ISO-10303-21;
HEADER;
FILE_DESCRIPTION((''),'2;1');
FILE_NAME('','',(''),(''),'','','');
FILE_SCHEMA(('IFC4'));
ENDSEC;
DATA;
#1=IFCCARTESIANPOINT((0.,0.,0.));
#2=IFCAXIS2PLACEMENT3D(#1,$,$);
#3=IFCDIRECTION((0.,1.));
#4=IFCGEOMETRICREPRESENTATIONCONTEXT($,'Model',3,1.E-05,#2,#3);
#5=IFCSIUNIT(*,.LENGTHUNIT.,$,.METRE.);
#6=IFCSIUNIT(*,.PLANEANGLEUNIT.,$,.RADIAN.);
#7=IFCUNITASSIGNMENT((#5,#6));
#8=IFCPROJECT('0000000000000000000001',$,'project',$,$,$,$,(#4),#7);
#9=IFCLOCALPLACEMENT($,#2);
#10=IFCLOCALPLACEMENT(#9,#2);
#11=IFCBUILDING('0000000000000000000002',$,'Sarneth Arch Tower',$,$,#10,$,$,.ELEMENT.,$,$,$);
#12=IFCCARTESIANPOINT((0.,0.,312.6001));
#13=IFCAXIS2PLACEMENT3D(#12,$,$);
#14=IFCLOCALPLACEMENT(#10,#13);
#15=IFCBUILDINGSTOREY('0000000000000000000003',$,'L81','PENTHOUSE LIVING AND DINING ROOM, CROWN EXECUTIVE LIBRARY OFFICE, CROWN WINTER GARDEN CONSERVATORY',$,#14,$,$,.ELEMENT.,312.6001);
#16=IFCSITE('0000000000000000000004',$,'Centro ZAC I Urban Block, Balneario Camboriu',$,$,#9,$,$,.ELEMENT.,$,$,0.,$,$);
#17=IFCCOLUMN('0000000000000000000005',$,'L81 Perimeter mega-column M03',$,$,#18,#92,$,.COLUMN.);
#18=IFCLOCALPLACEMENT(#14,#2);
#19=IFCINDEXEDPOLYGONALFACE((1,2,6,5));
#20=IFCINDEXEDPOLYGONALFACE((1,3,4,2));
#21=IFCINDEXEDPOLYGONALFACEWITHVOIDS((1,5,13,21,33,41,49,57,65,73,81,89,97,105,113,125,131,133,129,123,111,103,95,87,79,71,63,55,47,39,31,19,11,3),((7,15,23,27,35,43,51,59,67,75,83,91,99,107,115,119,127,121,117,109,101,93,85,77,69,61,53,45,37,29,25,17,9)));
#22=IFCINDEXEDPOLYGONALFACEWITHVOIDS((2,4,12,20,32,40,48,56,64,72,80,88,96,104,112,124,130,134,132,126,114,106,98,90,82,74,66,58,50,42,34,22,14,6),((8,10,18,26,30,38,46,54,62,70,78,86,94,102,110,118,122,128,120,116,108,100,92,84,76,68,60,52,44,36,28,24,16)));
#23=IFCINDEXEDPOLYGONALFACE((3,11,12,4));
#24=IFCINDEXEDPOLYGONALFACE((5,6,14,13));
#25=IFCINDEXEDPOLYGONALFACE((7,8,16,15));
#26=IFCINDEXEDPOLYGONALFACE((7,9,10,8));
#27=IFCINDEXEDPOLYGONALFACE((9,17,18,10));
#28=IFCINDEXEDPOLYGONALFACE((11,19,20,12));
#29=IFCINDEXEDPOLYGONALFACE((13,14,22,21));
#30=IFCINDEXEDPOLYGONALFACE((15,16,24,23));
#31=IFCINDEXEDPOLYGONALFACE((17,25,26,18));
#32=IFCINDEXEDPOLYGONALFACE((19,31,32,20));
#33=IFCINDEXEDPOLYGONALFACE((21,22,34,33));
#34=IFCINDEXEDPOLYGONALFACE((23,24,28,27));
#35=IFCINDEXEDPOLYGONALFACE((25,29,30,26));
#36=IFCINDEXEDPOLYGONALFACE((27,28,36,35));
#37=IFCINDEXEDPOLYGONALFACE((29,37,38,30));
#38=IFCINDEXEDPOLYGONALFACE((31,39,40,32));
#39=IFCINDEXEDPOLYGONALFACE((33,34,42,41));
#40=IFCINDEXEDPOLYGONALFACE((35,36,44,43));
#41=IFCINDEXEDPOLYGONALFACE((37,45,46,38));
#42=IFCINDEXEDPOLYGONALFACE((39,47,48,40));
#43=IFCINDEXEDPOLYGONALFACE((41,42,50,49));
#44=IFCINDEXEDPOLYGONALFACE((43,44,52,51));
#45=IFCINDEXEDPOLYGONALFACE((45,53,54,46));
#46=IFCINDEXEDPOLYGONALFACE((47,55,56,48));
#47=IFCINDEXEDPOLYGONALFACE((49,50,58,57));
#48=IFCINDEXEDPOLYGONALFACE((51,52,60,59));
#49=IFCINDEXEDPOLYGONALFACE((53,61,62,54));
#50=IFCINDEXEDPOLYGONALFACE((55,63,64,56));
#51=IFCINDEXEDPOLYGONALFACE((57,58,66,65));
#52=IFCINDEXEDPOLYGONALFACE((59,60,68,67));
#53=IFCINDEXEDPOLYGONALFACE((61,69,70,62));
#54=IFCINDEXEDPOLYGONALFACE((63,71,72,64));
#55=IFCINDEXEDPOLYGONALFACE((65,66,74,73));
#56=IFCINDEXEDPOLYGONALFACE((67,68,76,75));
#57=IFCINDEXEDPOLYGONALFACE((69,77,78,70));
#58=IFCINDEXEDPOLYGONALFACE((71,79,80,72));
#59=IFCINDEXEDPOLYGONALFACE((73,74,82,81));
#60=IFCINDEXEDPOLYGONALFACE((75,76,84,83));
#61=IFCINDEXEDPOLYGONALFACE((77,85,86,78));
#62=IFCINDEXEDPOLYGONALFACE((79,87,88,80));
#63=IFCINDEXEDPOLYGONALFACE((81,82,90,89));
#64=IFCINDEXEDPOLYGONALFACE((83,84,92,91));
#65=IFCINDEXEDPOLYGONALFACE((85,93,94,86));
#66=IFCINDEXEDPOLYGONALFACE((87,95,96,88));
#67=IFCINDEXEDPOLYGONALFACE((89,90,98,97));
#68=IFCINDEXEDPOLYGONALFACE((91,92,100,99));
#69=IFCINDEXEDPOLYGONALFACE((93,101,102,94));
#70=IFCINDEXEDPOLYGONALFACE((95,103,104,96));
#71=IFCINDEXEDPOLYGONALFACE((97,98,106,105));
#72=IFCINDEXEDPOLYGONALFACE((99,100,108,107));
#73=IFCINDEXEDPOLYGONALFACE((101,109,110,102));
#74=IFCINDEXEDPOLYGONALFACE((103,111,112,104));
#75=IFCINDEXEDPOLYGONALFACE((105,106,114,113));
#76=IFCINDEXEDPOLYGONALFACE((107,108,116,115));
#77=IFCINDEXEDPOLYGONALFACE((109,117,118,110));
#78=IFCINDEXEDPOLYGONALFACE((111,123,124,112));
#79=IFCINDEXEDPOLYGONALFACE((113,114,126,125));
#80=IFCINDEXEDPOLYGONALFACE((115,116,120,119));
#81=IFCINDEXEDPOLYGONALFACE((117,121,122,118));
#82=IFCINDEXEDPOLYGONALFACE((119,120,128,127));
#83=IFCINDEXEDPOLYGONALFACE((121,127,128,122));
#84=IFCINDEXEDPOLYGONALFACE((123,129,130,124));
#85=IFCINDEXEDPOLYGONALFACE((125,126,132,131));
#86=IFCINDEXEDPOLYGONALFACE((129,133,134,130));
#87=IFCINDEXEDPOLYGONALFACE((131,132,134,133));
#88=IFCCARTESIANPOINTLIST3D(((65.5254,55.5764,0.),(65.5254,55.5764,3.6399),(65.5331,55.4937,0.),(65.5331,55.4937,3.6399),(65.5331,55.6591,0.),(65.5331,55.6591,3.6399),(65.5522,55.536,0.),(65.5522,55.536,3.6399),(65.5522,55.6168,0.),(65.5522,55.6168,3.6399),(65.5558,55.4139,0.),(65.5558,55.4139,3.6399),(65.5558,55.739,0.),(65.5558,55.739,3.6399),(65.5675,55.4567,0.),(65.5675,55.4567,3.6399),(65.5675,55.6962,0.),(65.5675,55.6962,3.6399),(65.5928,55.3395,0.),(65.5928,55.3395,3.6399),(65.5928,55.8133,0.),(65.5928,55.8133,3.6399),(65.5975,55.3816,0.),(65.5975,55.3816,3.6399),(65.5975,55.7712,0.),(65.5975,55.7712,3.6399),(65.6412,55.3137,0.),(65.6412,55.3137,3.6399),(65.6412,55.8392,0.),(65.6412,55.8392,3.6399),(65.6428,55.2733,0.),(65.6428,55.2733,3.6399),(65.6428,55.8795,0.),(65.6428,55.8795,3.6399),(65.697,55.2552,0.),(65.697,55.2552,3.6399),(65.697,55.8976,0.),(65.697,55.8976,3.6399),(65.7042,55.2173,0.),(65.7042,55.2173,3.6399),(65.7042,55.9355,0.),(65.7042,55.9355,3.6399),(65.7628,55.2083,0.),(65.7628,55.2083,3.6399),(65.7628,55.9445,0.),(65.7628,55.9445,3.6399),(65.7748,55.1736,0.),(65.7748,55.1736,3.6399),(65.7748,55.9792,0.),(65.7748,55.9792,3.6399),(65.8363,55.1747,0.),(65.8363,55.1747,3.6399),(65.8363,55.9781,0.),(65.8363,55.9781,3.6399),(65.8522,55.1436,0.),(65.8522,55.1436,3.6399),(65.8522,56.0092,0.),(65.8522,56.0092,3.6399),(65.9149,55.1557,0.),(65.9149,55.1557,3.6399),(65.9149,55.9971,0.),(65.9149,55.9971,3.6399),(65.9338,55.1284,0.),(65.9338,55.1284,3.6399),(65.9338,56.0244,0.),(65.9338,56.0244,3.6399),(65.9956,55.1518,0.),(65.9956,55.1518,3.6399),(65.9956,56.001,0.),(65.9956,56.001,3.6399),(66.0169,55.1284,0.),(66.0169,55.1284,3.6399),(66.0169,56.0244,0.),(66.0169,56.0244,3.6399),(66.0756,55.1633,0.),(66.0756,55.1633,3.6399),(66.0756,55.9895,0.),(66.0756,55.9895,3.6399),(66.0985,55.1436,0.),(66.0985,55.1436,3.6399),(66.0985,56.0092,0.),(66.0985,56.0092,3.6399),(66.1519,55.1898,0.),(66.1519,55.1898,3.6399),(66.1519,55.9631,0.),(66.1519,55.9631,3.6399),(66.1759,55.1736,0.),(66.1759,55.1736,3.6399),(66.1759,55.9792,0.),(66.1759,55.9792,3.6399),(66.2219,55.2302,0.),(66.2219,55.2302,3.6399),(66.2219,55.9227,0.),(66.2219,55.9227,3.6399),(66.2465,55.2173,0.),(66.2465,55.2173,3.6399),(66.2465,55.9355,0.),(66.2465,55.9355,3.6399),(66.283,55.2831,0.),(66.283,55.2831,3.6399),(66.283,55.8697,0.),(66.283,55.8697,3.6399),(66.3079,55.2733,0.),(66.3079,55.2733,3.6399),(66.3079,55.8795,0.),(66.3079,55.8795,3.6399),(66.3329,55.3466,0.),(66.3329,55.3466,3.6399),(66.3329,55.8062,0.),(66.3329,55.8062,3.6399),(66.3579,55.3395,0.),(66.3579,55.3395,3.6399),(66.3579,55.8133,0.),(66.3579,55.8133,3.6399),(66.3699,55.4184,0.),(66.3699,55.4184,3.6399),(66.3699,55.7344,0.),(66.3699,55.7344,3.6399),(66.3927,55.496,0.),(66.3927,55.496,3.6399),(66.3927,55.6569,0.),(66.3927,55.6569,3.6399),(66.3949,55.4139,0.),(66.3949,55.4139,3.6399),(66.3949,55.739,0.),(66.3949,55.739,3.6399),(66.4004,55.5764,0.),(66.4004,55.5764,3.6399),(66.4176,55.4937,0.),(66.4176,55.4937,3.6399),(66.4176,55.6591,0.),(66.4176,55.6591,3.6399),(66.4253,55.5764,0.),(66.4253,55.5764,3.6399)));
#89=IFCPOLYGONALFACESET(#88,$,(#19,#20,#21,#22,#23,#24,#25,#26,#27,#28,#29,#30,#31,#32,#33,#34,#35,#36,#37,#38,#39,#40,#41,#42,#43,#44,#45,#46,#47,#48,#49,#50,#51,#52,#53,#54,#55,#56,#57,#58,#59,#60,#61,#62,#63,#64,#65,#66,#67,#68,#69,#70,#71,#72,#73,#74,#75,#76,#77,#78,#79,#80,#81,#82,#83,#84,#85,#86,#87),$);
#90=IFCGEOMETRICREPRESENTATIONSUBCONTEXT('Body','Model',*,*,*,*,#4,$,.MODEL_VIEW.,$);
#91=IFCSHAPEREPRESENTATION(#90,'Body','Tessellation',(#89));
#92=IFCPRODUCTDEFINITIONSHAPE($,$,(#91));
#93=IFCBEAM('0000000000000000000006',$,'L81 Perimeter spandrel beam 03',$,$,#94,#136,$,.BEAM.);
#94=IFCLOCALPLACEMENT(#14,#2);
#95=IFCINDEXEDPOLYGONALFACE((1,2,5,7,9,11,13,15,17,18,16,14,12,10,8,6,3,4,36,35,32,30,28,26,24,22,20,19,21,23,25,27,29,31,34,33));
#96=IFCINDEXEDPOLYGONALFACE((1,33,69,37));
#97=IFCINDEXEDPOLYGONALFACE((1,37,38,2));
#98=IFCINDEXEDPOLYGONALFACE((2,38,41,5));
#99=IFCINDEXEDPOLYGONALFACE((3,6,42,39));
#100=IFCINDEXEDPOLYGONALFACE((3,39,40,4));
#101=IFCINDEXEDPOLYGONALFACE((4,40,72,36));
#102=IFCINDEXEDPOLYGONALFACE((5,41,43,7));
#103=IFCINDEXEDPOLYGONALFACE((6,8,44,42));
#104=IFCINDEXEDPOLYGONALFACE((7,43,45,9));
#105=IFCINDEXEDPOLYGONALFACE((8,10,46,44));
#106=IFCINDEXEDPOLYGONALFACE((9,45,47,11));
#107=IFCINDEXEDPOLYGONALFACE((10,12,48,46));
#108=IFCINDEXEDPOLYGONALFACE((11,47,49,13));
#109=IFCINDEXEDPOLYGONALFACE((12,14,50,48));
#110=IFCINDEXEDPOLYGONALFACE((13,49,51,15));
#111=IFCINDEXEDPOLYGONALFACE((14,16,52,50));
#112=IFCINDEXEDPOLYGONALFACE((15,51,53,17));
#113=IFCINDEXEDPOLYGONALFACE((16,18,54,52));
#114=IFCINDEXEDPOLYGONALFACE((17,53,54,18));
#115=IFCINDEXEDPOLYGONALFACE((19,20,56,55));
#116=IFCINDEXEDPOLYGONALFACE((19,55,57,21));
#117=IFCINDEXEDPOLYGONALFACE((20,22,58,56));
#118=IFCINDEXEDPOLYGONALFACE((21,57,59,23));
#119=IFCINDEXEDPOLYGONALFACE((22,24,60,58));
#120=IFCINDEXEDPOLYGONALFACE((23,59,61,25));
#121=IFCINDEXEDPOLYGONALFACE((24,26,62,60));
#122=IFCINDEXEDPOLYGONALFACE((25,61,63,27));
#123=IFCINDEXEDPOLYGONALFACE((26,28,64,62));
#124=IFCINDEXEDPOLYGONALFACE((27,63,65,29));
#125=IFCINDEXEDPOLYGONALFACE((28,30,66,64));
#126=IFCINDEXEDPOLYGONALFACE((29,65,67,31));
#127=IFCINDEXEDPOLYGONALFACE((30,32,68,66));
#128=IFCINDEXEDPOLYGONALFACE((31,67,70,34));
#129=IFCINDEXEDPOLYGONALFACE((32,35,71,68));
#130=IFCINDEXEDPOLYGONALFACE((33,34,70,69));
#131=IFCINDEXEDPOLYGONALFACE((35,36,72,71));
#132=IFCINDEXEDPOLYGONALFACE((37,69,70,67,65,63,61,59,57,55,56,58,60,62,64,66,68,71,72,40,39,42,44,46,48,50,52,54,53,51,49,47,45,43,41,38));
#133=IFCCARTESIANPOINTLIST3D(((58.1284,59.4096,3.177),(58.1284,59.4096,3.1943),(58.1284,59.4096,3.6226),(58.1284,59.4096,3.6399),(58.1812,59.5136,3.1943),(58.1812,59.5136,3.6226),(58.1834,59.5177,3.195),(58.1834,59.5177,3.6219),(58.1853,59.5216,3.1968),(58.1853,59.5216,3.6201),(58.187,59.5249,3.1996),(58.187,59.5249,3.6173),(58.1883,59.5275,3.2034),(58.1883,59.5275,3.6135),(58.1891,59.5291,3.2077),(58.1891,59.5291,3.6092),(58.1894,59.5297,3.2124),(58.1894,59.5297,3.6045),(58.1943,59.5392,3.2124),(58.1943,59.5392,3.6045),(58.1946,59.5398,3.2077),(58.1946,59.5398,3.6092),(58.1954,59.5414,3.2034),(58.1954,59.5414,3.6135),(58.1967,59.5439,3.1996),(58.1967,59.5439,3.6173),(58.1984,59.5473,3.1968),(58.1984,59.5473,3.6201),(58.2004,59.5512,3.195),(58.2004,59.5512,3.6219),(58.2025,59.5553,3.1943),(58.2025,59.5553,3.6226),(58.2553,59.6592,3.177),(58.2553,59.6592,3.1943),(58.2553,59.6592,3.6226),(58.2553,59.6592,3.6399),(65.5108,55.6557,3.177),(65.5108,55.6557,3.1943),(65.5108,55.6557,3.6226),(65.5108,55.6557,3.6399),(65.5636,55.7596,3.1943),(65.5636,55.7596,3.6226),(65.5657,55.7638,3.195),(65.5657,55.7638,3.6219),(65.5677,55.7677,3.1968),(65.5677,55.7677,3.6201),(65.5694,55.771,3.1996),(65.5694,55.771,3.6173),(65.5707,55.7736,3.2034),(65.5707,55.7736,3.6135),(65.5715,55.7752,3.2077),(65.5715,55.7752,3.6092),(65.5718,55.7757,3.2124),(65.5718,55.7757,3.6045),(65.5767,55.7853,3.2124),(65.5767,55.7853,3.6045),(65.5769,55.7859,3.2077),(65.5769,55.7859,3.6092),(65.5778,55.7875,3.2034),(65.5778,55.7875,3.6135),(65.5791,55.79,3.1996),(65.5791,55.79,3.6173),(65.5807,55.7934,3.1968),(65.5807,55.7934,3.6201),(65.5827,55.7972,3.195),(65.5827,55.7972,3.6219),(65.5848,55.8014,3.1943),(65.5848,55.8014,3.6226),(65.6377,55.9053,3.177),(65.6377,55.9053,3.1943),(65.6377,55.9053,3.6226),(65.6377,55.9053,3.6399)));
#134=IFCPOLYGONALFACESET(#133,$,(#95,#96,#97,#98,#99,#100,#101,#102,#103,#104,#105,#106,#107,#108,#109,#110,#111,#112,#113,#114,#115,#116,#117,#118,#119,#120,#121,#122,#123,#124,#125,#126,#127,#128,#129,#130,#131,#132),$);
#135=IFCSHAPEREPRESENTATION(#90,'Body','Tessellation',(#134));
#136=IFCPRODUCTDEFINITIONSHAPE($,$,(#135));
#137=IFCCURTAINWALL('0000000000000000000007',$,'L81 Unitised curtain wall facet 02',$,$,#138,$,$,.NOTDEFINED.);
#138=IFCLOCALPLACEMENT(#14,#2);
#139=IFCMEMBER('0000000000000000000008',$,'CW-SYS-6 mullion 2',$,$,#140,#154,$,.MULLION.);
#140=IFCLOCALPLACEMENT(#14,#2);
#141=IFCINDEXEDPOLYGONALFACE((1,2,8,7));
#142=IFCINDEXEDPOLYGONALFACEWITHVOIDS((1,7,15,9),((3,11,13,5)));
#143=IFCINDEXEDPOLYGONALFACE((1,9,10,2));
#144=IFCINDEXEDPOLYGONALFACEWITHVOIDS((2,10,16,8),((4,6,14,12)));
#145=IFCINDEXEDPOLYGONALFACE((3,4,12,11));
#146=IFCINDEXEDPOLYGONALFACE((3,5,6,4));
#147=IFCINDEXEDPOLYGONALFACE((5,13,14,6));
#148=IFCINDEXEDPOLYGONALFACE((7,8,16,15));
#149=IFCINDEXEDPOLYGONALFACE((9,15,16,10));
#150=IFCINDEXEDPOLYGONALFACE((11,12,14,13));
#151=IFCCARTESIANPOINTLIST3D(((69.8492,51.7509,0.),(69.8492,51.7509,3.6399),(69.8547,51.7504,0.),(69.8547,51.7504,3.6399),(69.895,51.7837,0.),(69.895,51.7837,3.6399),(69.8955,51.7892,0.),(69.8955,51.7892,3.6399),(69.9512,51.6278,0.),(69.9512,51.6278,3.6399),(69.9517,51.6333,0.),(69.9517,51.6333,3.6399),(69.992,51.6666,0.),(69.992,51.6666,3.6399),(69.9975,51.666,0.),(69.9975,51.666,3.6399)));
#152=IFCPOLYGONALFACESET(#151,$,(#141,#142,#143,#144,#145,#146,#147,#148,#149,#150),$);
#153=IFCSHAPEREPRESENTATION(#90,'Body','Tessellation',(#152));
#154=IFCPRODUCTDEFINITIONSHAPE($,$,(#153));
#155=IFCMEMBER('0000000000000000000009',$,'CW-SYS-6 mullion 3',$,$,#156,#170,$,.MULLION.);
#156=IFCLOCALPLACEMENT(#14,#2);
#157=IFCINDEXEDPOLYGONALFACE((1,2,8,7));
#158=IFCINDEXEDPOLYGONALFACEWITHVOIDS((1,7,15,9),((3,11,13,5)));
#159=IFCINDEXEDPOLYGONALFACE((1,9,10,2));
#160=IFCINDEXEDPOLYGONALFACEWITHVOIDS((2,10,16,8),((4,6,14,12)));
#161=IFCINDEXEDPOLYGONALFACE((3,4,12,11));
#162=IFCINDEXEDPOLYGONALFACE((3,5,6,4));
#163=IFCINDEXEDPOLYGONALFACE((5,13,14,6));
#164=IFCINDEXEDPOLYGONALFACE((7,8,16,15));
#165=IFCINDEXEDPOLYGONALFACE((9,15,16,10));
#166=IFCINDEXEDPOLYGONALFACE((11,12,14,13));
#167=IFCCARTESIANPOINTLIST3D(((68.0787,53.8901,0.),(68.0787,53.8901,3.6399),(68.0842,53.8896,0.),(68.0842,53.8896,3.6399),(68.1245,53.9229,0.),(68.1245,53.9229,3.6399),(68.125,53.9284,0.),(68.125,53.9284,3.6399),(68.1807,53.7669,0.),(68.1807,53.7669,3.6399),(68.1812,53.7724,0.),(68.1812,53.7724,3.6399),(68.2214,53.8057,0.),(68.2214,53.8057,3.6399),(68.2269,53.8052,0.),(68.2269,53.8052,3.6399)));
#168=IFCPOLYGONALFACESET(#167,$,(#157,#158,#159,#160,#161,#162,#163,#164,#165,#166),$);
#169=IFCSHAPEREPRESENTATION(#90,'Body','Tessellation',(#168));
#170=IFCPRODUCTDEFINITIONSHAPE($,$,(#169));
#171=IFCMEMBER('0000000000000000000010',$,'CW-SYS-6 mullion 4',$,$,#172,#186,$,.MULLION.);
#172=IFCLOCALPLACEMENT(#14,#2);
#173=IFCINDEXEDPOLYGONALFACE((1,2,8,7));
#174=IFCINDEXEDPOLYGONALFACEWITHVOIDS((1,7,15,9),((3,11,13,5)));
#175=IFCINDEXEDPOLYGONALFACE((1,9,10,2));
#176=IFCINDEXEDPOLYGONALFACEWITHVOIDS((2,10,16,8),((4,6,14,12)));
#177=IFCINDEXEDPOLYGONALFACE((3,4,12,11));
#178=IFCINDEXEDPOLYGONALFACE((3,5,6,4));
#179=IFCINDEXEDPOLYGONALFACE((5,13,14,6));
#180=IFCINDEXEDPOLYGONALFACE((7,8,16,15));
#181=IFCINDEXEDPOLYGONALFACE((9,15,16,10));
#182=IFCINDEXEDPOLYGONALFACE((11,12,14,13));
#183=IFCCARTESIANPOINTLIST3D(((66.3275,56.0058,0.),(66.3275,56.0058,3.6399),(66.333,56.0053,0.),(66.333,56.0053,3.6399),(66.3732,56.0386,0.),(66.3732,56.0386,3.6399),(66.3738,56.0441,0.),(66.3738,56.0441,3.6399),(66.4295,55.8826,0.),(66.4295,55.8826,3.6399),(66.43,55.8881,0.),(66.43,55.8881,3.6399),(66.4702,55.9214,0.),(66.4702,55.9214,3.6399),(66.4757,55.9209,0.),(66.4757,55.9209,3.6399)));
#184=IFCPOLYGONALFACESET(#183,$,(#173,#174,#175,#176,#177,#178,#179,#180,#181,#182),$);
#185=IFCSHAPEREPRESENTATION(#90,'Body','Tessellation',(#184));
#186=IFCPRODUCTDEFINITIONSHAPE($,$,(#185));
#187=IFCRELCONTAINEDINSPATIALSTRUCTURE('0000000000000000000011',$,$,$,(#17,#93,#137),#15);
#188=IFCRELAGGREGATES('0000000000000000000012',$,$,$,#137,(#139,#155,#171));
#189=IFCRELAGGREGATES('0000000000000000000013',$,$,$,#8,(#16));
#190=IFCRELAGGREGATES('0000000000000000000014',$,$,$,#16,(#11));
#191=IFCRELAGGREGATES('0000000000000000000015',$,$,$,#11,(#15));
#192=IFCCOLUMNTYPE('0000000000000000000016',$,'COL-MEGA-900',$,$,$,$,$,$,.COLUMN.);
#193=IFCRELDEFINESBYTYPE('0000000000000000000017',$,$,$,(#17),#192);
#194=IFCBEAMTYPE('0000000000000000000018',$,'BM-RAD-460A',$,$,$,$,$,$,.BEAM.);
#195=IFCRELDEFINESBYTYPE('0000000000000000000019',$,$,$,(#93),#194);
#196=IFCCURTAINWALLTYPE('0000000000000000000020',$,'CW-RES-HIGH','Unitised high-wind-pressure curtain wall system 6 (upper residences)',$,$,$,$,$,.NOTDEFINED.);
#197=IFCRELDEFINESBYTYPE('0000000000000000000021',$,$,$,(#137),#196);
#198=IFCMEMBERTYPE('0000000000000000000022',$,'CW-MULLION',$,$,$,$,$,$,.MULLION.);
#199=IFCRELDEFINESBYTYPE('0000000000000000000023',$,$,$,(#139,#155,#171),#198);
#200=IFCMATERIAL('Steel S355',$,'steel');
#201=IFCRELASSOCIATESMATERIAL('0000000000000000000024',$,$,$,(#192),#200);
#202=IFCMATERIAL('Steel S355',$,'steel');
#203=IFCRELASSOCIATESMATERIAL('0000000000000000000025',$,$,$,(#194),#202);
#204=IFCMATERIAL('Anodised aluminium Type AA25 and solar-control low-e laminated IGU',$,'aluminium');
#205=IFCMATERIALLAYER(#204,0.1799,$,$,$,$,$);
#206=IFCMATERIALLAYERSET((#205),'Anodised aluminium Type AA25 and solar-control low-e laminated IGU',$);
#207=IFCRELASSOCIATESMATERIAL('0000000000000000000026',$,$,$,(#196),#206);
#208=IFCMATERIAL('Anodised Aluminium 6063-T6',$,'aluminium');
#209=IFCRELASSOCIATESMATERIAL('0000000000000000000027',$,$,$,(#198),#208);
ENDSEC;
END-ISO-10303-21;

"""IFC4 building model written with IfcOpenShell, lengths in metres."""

from ifc_helpers import new_model, si_unit, direction, frame, origin, origin_2d, place, context, subcontext, project, spatial, hollow_rectangle, hollow_circle, i_section, extrude, material, layer, layer_set, material_profile, profile_set, type_object, element, aggregate, save


model = new_model("IFC4")

# Units and contexts
model_context = context("Model", 3, precision=1e-05, world=origin(), true_north=direction((0.0, 1.0)))
body_context = subcontext(model_context, "Body", "Model", "MODEL_VIEW")
ifc_project = project(units=[si_unit("LENGTHUNIT", "METRE"), si_unit("PLANEANGLEUNIT", "RADIAN")], contexts=[model_context])

# Site, building, storey
site_placement = place(None, origin())
site = spatial("IfcSite", under=ifc_project, at=site_placement, Name="Centro ZAC I Urban Block, Balneario Camboriu", CompositionType="ELEMENT", RefElevation=0.0)
building_placement = place(site_placement, origin())
building = spatial("IfcBuilding", under=site, at=building_placement, Name="Sarneth Arch Tower", CompositionType="ELEMENT")
storey_placement = place(building_placement, frame((0.0, 0.0, 312.6001)))
storey = spatial("IfcBuildingStorey", under=building, at=storey_placement, Name="L81", Description="PENTHOUSE LIVING AND DINING ROOM, CROWN EXECUTIVE LIBRARY OFFICE, CROWN WINTER GARDEN CONSERVATORY", CompositionType="ELEMENT", Elevation=312.6001)

# Column
ifc_material_1 = material(Name="Steel S355", Category="steel")
ifc_material_profile_1 = material_profile(ifc_material_1, hollow_circle(Radius=0.45, WallThickness=0.0249, at=origin_2d()), Name="CHS900x25")
ifc_profile_set_1 = profile_set([ifc_material_profile_1], Name="Steel S355")
column_type = type_object("IfcColumnType", Name="COL-MEGA-900", PredefinedType="COLUMN", material=ifc_profile_set_1)
column_placement = place(storey_placement, frame((65.9753, 55.5764, 0.0), z_axis=(0.0, 0.0, 1.0), x_axis=(1.0, 0.0, 0.0)))
element("IfcColumn", 1, at=column_placement, inside=storey, type_object=column_type, Name="L81 Perimeter mega-column M03", PredefinedType="COLUMN", context=body_context, shape_type="SweptSolid", body=[
    extrude(hollow_circle(Radius=0.45, WallThickness=0.0249, at=origin_2d()), origin(), (0.0, 0.0, 1.0), 3.6399),
])

# Beam
ifc_material_2 = material(Name="Steel S355", Category="steel")
ifc_material_profile_2 = material_profile(ifc_material_2, i_section(OverallWidth=0.28, OverallDepth=0.4629, WebThickness=0.0107, FlangeThickness=0.0173, FilletRadius=0.0181, at=origin_2d()), Name="W460x113")
ifc_profile_set_2 = profile_set([ifc_material_profile_2], Name="Steel S355")
beam_type = type_object("IfcBeamType", Name="BM-RAD-460A", PredefinedType="BEAM", material=ifc_profile_set_2)
beam_placement = place(storey_placement, frame((65.5742, 55.7805, 3.4084), z_axis=(-0.891376, 0.453264, 0.0), x_axis=(-0.453264, -0.891376, 0.0)))
element("IfcBeam", 2, at=beam_placement, inside=storey, type_object=beam_type, Name="L81 Perimeter spandrel beam 03", PredefinedType="BEAM", context=body_context, shape_type="SweptSolid", body=[
    extrude(i_section(OverallWidth=0.28, OverallDepth=0.4629, WebThickness=0.0107, FlangeThickness=0.0173, FilletRadius=0.0181, at=origin_2d()), origin(), (0.0, 0.0, 1.0), 8.282),
])

# Curtain wall, members
ifc_material_3 = material(Name="Anodised aluminium Type AA25 and solar-control low-e laminated IGU", Category="aluminium")
ifc_layer_1 = layer(ifc_material_3, 0.1799)
ifc_layer_set_1 = layer_set([ifc_layer_1], Name="Anodised aluminium Type AA25 and solar-control low-e laminated IGU")
curtain_wall_type = type_object("IfcCurtainWallType", Name="CW-RES-HIGH", Description="Unitised high-wind-pressure curtain wall system 6 (upper residences)", PredefinedType="NOTDEFINED", material=ifc_layer_set_1)
curtain_wall_placement = place(storey_placement, origin())
curtain_wall = element("IfcCurtainWall", 3, at=curtain_wall_placement, inside=storey, type_object=curtain_wall_type, Name="L81 Unitised curtain wall facet 02", PredefinedType="NOTDEFINED")
ifc_material_4 = material(Name="Anodised Aluminium 6063-T6", Category="aluminium")
ifc_material_profile_3 = material_profile(ifc_material_4, hollow_rectangle(XDim=0.0601, YDim=0.1599, WallThickness=0.0039, at=origin_2d()), Name="AL-MULL-160x60x4")
ifc_profile_set_3 = profile_set([ifc_material_profile_3], Name="Anodised Aluminium 6063-T6")
member_type_1 = type_object("IfcMemberType", Name="CW-MULLION", PredefinedType="MULLION", material=ifc_profile_set_3)
member_1_placement = place(storey_placement, frame((69.9233, 51.7085, 0.0), z_axis=(0.0, 0.0, 1.0), x_axis=(-0.770359, -0.63761, 0.0)))
member_1 = element("IfcMember", 4, at=member_1_placement, type_object=member_type_1, Name="CW-SYS-6 mullion 2", PredefinedType="MULLION", context=body_context, shape_type="SweptSolid", body=[
    extrude(hollow_rectangle(XDim=0.0601, YDim=0.1599, WallThickness=0.0039, at=origin_2d()), origin(), (0.0, 0.0, 1.0), 3.6399),
])
member_2_placement = place(storey_placement, frame((68.1528, 53.8477, 0.0), z_axis=(0.0, 0.0, 1.0), x_axis=(-0.770359, -0.63761, 0.0)))
member_2 = element("IfcMember", 5, at=member_2_placement, type_object=member_type_1, Name="CW-SYS-6 mullion 3", PredefinedType="MULLION", context=body_context, shape_type="SweptSolid", body=[
    extrude(hollow_rectangle(XDim=0.0601, YDim=0.1599, WallThickness=0.0039, at=origin_2d()), origin(), (0.0, 0.0, 1.0), 3.6399),
])
member_3_placement = place(storey_placement, frame((66.4016, 55.9634, 0.0), z_axis=(0.0, 0.0, 1.0), x_axis=(-0.770359, -0.63761, 0.0)))
member_3 = element("IfcMember", 6, at=member_3_placement, type_object=member_type_1, Name="CW-SYS-6 mullion 4", PredefinedType="MULLION", context=body_context, shape_type="SweptSolid", body=[
    extrude(hollow_rectangle(XDim=0.0601, YDim=0.1599, WallThickness=0.0039, at=origin_2d()), origin(), (0.0, 0.0, 1.0), 3.6399),
])
aggregate(curtain_wall, [member_1, member_2, member_3])

save(model, "model.ifc")
